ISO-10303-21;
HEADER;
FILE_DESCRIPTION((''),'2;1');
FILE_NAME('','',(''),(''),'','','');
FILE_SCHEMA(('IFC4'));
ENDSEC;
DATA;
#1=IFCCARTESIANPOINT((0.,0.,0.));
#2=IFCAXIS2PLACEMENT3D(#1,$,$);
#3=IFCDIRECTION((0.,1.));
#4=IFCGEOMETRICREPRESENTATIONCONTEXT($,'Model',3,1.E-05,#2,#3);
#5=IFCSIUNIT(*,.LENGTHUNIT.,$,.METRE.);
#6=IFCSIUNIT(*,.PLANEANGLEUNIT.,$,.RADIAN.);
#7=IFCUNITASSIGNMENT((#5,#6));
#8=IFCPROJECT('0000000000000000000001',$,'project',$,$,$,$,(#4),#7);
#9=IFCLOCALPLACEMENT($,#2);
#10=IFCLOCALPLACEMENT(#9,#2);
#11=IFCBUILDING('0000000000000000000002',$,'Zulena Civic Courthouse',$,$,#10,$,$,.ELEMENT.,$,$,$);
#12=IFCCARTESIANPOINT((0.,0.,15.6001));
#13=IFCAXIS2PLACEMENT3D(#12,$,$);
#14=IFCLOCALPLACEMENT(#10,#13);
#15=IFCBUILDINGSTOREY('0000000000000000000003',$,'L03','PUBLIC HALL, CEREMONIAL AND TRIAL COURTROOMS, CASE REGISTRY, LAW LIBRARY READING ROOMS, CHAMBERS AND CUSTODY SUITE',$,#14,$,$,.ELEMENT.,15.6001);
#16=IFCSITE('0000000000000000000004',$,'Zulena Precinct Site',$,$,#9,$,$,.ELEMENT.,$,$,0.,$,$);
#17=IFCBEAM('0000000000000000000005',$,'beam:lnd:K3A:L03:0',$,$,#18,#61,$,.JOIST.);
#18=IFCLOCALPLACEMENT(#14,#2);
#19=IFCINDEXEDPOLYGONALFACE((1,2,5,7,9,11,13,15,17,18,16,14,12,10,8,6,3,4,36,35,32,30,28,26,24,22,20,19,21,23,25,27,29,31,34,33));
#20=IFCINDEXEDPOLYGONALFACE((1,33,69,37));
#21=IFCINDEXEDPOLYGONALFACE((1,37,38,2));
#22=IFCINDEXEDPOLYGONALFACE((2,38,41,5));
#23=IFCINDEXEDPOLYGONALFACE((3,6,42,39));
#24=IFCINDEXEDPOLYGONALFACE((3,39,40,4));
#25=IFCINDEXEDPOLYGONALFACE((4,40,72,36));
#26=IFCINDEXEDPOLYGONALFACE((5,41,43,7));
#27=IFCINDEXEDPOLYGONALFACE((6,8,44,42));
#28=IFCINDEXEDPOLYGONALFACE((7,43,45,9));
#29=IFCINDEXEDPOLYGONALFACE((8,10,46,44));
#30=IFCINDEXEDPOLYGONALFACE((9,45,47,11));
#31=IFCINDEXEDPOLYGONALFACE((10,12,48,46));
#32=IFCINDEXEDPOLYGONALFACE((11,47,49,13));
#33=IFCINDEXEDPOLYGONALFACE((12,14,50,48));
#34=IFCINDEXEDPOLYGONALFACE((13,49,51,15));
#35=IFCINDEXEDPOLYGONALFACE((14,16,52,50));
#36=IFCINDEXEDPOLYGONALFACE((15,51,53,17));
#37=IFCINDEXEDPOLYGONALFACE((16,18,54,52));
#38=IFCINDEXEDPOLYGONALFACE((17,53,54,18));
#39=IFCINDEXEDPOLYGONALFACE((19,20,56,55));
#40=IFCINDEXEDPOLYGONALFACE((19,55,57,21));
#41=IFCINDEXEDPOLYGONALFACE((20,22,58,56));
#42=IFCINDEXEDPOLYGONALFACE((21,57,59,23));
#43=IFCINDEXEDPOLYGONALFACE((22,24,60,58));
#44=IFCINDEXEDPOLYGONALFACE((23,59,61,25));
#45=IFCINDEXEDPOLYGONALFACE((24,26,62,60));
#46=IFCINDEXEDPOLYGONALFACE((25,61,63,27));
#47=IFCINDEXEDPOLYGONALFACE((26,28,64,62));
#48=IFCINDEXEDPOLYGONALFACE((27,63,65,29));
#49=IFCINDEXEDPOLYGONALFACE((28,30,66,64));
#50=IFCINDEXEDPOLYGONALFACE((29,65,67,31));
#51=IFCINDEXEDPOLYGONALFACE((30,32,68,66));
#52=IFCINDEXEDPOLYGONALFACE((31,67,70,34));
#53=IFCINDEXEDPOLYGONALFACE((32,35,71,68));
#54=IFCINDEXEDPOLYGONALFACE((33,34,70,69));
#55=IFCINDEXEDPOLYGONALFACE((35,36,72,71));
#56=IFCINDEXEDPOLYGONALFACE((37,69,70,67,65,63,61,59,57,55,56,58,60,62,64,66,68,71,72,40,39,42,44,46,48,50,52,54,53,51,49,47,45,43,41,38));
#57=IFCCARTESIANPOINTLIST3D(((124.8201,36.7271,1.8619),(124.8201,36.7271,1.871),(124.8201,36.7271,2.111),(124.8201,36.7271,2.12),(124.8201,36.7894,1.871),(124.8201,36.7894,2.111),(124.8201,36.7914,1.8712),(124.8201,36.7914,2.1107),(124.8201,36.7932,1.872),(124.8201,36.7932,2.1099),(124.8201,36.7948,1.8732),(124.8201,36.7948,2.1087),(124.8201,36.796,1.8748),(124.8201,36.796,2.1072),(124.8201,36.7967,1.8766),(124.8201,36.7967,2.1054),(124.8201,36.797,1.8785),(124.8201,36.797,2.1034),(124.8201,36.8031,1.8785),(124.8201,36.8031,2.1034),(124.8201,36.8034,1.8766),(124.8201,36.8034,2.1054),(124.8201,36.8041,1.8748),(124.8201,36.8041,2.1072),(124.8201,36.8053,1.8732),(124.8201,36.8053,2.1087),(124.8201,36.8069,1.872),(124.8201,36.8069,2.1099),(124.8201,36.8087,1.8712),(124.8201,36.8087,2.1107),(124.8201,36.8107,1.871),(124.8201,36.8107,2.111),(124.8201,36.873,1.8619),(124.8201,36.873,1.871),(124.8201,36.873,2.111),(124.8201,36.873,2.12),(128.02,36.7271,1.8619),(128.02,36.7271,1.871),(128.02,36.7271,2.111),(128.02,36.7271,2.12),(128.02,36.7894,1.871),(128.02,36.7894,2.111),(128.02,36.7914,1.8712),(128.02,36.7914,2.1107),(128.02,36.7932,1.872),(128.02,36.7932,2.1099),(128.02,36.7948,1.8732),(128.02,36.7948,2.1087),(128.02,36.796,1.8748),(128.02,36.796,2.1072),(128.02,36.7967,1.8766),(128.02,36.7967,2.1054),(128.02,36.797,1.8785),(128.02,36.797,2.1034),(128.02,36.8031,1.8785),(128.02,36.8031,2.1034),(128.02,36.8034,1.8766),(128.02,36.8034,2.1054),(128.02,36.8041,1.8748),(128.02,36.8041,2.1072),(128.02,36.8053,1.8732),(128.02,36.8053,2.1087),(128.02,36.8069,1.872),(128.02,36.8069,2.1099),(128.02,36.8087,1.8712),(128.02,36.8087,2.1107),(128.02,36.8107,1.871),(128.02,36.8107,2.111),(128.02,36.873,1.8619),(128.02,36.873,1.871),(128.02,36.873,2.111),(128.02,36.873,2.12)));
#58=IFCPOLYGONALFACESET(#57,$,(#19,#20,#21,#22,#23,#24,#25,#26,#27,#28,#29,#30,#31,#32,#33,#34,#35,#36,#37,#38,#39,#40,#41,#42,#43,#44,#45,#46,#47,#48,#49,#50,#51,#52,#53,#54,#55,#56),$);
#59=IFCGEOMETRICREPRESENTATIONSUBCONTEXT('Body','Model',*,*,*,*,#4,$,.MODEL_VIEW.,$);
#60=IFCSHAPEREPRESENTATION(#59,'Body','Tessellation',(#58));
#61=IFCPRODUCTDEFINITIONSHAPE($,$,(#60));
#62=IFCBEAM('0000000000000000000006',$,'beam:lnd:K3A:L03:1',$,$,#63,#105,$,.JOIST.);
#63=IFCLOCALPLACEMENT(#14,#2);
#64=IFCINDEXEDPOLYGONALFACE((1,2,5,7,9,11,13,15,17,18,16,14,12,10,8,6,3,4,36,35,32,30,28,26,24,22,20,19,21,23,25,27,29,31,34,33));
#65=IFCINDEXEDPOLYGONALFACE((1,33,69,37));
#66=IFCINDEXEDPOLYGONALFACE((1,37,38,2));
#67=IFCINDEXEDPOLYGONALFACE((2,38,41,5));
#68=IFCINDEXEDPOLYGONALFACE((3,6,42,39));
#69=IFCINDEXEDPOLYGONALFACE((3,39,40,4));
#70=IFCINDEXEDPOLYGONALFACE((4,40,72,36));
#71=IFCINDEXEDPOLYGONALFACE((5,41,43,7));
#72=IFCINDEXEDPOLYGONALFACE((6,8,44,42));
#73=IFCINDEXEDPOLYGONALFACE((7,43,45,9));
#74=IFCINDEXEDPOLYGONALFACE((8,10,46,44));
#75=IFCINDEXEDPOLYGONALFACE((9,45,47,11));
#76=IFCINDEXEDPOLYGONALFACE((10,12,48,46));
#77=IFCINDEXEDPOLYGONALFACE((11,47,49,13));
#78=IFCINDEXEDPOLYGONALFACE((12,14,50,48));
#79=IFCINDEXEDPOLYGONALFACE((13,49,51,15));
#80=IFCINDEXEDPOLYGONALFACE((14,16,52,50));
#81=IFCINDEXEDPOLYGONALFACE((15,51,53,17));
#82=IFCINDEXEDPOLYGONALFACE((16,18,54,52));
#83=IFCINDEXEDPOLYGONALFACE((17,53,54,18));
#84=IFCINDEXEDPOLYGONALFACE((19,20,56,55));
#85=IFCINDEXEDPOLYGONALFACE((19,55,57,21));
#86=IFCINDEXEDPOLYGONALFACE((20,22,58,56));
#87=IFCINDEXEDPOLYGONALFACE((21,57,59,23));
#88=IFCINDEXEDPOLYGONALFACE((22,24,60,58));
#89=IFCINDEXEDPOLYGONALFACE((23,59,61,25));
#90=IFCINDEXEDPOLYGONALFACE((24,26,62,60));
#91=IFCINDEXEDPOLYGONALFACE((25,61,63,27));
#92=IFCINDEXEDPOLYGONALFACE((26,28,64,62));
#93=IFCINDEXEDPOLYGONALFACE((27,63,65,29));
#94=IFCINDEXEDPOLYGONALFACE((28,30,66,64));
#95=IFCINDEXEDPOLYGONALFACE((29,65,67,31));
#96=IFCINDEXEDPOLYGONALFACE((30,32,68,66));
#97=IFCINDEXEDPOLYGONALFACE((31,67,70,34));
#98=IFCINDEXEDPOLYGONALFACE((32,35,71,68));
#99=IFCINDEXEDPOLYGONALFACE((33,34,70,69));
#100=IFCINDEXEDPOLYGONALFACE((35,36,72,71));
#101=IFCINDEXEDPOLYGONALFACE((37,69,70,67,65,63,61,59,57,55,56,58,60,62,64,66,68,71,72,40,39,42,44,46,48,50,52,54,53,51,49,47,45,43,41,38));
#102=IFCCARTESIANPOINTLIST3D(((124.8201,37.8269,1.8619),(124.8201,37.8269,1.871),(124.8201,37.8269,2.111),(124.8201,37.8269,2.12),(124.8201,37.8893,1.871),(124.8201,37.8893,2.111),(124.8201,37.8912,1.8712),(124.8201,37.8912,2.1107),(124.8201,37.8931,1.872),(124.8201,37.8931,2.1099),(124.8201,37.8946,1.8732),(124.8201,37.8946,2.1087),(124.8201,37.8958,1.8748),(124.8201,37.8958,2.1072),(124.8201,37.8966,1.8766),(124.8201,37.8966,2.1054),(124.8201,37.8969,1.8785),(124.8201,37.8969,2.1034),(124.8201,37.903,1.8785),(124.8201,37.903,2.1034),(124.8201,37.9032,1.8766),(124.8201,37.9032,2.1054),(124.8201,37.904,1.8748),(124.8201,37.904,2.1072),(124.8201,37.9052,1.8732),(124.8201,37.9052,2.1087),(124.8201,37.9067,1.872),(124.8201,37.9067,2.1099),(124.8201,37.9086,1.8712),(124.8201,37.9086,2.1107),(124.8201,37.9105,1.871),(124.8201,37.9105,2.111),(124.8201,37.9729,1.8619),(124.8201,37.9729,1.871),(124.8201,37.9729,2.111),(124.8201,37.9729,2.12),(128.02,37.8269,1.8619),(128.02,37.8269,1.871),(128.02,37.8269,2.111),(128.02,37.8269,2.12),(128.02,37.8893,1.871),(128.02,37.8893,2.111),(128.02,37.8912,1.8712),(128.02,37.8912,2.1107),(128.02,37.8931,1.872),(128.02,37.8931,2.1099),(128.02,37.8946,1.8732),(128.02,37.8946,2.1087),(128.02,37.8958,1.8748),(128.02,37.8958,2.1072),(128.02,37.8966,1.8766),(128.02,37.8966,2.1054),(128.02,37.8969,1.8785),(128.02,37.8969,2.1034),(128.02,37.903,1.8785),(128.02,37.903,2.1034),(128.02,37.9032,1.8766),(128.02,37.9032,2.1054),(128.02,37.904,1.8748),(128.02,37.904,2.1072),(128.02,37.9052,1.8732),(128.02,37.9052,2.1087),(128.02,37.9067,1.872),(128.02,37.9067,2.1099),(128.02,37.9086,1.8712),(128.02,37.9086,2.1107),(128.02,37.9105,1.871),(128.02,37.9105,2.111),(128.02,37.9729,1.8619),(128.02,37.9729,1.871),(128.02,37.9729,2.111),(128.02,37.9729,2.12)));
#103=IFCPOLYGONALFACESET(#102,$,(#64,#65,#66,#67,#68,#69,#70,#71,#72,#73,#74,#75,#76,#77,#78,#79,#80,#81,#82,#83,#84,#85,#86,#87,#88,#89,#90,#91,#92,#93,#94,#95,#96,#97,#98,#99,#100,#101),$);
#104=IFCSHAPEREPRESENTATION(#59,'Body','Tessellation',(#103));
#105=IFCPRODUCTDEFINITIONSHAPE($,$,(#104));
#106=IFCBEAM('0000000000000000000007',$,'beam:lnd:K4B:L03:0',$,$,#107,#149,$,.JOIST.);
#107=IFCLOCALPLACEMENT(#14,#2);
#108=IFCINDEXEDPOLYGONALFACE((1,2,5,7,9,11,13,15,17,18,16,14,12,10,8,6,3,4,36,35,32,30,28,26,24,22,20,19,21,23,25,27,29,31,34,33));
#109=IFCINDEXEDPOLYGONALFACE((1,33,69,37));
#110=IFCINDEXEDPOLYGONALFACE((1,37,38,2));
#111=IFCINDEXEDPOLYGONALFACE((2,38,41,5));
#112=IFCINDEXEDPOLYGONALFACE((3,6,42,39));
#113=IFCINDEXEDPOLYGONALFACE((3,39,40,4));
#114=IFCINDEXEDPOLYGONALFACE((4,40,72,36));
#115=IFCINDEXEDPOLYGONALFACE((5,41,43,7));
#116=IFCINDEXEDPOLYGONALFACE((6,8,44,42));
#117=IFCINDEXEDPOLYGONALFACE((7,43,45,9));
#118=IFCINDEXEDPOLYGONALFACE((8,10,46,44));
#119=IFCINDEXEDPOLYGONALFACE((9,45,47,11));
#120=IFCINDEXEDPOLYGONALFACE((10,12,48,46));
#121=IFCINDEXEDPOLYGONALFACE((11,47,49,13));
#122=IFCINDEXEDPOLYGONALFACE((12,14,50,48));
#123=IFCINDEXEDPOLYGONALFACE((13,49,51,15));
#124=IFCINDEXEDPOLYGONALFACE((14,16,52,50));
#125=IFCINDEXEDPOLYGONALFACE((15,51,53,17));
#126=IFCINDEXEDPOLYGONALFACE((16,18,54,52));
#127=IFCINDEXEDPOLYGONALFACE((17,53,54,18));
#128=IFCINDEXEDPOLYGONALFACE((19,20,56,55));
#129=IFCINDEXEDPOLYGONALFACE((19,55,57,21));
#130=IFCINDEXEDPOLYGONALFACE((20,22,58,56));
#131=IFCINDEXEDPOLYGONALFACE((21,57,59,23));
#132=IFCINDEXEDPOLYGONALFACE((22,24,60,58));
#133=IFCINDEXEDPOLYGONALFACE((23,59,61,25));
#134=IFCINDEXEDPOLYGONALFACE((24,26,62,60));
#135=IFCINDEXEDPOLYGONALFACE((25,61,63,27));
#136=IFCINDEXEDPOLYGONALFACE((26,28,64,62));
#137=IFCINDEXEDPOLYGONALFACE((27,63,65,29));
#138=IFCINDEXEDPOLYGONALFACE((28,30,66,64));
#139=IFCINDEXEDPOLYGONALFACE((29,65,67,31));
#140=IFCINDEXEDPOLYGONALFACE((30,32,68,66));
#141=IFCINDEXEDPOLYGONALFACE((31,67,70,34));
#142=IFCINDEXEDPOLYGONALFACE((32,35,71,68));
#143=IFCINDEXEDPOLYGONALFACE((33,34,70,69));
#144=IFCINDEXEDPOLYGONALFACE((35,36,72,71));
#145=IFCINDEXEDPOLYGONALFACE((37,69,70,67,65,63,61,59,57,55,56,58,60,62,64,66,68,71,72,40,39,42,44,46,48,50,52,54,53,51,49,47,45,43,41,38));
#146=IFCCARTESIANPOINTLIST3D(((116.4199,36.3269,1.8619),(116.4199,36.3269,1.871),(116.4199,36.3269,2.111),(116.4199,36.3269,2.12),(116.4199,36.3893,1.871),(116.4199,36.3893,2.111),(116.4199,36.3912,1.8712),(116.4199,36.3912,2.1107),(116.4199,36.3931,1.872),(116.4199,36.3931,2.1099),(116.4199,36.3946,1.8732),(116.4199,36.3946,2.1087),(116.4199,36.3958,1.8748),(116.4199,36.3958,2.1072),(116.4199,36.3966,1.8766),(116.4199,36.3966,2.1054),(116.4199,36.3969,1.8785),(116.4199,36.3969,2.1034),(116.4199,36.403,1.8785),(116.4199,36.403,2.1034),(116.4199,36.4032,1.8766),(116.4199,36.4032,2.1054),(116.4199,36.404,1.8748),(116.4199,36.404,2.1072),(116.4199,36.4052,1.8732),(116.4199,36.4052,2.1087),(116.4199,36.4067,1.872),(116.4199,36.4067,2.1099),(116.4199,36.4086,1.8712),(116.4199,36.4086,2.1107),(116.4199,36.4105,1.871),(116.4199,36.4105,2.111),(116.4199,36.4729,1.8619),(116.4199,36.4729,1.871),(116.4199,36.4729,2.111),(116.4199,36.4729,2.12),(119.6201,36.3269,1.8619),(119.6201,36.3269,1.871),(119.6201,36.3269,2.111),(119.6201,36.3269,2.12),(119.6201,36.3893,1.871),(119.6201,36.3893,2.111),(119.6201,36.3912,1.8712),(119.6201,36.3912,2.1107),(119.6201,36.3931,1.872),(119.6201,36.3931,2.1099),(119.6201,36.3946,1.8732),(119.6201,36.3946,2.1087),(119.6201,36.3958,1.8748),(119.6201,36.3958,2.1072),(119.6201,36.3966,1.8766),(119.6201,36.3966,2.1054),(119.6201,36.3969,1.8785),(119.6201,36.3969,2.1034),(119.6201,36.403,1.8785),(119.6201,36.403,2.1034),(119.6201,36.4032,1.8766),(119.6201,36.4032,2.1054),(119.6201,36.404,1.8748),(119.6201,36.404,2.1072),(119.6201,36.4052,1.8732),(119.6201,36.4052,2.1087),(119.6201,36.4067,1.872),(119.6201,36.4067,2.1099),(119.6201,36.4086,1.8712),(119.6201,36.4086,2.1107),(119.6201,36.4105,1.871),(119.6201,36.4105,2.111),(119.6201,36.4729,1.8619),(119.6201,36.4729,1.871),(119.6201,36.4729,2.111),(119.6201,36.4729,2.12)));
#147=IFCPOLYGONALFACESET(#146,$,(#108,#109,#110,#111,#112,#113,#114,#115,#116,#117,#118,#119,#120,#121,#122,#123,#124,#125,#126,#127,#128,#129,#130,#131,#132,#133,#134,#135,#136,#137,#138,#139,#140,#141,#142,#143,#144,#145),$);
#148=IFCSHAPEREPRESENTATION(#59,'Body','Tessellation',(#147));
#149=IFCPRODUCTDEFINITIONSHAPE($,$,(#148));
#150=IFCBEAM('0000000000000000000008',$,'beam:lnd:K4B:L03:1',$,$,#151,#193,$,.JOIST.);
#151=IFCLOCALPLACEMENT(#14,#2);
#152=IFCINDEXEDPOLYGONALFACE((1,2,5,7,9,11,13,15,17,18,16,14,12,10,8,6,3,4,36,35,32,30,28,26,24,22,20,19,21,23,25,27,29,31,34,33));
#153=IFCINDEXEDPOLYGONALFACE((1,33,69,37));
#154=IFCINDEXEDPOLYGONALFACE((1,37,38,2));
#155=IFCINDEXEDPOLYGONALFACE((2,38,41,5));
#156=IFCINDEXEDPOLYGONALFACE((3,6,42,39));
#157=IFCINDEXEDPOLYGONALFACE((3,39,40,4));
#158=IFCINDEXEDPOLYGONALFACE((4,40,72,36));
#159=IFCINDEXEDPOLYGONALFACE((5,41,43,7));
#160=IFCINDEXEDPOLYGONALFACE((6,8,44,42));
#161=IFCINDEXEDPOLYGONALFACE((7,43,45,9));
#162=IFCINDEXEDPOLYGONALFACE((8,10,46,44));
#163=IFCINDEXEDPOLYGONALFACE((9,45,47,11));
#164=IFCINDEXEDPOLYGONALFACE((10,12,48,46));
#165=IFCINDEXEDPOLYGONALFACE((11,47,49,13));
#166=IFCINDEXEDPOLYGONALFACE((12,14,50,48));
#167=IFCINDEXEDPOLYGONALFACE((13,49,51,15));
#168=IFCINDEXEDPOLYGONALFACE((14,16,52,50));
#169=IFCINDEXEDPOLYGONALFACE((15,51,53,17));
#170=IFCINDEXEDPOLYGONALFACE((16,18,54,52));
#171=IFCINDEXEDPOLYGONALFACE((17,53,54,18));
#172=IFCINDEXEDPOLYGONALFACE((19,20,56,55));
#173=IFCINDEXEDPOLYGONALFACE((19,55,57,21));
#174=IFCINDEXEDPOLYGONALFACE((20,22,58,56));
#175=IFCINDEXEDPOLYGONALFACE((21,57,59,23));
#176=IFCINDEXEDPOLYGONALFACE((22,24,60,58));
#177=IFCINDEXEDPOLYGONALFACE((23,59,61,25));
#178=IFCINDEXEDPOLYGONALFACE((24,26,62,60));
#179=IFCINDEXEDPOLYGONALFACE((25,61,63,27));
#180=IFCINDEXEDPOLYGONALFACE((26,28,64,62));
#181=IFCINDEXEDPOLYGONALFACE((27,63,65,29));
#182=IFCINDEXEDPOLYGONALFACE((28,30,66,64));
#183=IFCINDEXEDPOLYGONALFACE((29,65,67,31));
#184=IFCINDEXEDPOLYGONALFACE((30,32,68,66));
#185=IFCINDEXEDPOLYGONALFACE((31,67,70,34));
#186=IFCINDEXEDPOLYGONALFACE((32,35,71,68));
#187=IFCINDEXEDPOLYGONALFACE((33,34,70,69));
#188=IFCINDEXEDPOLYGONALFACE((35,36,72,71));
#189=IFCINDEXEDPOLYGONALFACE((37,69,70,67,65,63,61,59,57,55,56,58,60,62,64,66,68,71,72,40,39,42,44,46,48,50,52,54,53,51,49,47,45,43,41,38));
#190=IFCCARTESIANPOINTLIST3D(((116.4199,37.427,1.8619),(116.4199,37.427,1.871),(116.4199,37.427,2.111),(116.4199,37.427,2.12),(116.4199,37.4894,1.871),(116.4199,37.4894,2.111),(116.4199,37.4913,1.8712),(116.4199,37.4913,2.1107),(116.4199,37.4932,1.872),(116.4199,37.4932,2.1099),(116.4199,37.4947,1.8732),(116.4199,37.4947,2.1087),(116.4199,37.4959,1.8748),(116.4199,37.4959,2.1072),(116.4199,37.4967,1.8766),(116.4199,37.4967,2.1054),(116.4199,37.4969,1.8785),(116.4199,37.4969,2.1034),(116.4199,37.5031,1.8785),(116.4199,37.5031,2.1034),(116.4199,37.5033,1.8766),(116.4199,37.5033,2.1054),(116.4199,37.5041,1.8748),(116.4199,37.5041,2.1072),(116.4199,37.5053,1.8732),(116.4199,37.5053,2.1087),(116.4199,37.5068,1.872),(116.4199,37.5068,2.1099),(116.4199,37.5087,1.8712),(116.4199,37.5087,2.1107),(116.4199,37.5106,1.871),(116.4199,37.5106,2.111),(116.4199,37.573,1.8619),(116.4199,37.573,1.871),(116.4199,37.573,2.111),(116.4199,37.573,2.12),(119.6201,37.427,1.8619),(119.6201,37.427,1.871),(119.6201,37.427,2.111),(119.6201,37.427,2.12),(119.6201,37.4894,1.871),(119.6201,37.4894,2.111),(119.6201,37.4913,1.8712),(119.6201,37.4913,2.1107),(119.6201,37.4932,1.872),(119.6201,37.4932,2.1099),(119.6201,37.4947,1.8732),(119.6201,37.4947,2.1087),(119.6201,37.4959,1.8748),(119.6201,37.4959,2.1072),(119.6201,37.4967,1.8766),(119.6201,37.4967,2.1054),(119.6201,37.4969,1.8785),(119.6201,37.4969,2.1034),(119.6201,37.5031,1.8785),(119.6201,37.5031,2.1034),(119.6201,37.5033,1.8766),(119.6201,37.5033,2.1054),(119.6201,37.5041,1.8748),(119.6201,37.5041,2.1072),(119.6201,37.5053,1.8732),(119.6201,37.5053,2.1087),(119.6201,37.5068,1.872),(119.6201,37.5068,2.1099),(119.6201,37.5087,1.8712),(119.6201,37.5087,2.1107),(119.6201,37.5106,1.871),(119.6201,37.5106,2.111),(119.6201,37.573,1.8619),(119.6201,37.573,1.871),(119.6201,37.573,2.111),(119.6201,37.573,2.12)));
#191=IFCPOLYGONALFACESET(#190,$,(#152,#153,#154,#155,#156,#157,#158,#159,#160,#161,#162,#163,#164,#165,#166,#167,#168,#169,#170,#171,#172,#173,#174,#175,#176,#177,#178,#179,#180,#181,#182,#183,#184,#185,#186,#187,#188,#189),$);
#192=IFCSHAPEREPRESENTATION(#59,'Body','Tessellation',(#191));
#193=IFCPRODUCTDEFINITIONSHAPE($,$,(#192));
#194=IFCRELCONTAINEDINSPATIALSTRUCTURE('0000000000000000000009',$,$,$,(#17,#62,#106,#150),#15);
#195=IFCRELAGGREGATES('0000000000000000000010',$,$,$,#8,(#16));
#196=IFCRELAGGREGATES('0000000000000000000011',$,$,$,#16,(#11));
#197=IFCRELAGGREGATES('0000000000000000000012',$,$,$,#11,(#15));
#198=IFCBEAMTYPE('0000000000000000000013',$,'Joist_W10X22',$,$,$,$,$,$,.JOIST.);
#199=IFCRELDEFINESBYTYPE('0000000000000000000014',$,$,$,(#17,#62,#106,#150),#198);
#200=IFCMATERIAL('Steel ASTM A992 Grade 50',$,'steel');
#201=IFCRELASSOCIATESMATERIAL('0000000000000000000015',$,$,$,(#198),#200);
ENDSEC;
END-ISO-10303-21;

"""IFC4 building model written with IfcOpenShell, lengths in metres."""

from ifc_helpers import new_model, si_unit, direction, frame, origin, origin_2d, place, context, subcontext, project, spatial, i_section, extrude, material, material_profile, profile_set, type_object, element, save


model = new_model("IFC4")

# Units and contexts
model_context = context("Model", 3, precision=1e-05, world=origin(), true_north=direction((0.0, 1.0)))
body_context = subcontext(model_context, "Body", "Model", "MODEL_VIEW")
ifc_project = project(units=[si_unit("LENGTHUNIT", "METRE"), si_unit("PLANEANGLEUNIT", "RADIAN")], contexts=[model_context])

# Site, building, storey
site_placement = place(None, origin())
site = spatial("IfcSite", under=ifc_project, at=site_placement, Name="Zulena Precinct Site", CompositionType="ELEMENT", RefElevation=0.0)
building_placement = place(site_placement, origin())
building = spatial("IfcBuilding", under=site, at=building_placement, Name="Zulena Civic Courthouse", CompositionType="ELEMENT")
storey_placement = place(building_placement, frame((0.0, 0.0, 15.6001)))
storey = spatial("IfcBuildingStorey", under=building, at=storey_placement, Name="L03", Description="PUBLIC HALL, CEREMONIAL AND TRIAL COURTROOMS, CASE REGISTRY, LAW LIBRARY READING ROOMS, CHAMBERS AND CUSTODY SUITE", CompositionType="ELEMENT", Elevation=15.6001)

# Shared definitions
ifc_material_1 = material(Name="Steel ASTM A992 Grade 50", Category="steel")

# Beams
ifc_material_profile_1 = material_profile(ifc_material_1, i_section(OverallWidth=0.146, OverallDepth=0.2581, WebThickness=0.0061, FlangeThickness=0.009, FilletRadius=0.0076, at=origin_2d()), Name="W10X22")
ifc_profile_set_1 = profile_set([ifc_material_profile_1], Name="Steel ASTM A992 Grade 50")
beam_type_1 = type_object("IfcBeamType", Name="Joist_W10X22", PredefinedType="JOIST", material=ifc_profile_set_1)
for number, where, z_axis, x_axis, name in (
    (1, (124.8201, 36.8, 1.991), (1.0, 0.0, 0.0), (0.0, 1.0, 0.0), "beam:lnd:K3A:L03:0"),
    (2, (124.8201, 37.8999, 1.991), (1.0, 0.0, 0.0), (0.0, 1.0, 0.0), "beam:lnd:K3A:L03:1"),
):
    element("IfcBeam", number, at=place(storey_placement, frame(where, z_axis=z_axis, x_axis=x_axis)), inside=storey, type_object=beam_type_1, Name=name, PredefinedType="JOIST", context=body_context, shape_type="SweptSolid", body=[
        extrude(i_section(OverallWidth=0.146, OverallDepth=0.2581, WebThickness=0.0061, FlangeThickness=0.009, FilletRadius=0.0076, at=origin_2d()), origin(), (0.0, 0.0, 1.0), 3.2),
    ])
for number, where, z_axis, x_axis, name in (
    (3, (116.4199, 36.3999, 1.991), (1.0, 0.0, 0.0), (0.0, 1.0, 0.0), "beam:lnd:K4B:L03:0"),
    (4, (116.4199, 37.5, 1.991), (1.0, 0.0, 0.0), (0.0, 1.0, 0.0), "beam:lnd:K4B:L03:1"),
):
    element("IfcBeam", number, at=place(storey_placement, frame(where, z_axis=z_axis, x_axis=x_axis)), inside=storey, type_object=beam_type_1, Name=name, PredefinedType="JOIST", context=body_context, shape_type="SweptSolid", body=[
        extrude(i_section(OverallWidth=0.146, OverallDepth=0.2581, WebThickness=0.0061, FlangeThickness=0.009, FilletRadius=0.0076, at=origin_2d()), origin(), (0.0, 0.0, 1.0), 3.2002),
    ])

save(model, "model.ifc")
